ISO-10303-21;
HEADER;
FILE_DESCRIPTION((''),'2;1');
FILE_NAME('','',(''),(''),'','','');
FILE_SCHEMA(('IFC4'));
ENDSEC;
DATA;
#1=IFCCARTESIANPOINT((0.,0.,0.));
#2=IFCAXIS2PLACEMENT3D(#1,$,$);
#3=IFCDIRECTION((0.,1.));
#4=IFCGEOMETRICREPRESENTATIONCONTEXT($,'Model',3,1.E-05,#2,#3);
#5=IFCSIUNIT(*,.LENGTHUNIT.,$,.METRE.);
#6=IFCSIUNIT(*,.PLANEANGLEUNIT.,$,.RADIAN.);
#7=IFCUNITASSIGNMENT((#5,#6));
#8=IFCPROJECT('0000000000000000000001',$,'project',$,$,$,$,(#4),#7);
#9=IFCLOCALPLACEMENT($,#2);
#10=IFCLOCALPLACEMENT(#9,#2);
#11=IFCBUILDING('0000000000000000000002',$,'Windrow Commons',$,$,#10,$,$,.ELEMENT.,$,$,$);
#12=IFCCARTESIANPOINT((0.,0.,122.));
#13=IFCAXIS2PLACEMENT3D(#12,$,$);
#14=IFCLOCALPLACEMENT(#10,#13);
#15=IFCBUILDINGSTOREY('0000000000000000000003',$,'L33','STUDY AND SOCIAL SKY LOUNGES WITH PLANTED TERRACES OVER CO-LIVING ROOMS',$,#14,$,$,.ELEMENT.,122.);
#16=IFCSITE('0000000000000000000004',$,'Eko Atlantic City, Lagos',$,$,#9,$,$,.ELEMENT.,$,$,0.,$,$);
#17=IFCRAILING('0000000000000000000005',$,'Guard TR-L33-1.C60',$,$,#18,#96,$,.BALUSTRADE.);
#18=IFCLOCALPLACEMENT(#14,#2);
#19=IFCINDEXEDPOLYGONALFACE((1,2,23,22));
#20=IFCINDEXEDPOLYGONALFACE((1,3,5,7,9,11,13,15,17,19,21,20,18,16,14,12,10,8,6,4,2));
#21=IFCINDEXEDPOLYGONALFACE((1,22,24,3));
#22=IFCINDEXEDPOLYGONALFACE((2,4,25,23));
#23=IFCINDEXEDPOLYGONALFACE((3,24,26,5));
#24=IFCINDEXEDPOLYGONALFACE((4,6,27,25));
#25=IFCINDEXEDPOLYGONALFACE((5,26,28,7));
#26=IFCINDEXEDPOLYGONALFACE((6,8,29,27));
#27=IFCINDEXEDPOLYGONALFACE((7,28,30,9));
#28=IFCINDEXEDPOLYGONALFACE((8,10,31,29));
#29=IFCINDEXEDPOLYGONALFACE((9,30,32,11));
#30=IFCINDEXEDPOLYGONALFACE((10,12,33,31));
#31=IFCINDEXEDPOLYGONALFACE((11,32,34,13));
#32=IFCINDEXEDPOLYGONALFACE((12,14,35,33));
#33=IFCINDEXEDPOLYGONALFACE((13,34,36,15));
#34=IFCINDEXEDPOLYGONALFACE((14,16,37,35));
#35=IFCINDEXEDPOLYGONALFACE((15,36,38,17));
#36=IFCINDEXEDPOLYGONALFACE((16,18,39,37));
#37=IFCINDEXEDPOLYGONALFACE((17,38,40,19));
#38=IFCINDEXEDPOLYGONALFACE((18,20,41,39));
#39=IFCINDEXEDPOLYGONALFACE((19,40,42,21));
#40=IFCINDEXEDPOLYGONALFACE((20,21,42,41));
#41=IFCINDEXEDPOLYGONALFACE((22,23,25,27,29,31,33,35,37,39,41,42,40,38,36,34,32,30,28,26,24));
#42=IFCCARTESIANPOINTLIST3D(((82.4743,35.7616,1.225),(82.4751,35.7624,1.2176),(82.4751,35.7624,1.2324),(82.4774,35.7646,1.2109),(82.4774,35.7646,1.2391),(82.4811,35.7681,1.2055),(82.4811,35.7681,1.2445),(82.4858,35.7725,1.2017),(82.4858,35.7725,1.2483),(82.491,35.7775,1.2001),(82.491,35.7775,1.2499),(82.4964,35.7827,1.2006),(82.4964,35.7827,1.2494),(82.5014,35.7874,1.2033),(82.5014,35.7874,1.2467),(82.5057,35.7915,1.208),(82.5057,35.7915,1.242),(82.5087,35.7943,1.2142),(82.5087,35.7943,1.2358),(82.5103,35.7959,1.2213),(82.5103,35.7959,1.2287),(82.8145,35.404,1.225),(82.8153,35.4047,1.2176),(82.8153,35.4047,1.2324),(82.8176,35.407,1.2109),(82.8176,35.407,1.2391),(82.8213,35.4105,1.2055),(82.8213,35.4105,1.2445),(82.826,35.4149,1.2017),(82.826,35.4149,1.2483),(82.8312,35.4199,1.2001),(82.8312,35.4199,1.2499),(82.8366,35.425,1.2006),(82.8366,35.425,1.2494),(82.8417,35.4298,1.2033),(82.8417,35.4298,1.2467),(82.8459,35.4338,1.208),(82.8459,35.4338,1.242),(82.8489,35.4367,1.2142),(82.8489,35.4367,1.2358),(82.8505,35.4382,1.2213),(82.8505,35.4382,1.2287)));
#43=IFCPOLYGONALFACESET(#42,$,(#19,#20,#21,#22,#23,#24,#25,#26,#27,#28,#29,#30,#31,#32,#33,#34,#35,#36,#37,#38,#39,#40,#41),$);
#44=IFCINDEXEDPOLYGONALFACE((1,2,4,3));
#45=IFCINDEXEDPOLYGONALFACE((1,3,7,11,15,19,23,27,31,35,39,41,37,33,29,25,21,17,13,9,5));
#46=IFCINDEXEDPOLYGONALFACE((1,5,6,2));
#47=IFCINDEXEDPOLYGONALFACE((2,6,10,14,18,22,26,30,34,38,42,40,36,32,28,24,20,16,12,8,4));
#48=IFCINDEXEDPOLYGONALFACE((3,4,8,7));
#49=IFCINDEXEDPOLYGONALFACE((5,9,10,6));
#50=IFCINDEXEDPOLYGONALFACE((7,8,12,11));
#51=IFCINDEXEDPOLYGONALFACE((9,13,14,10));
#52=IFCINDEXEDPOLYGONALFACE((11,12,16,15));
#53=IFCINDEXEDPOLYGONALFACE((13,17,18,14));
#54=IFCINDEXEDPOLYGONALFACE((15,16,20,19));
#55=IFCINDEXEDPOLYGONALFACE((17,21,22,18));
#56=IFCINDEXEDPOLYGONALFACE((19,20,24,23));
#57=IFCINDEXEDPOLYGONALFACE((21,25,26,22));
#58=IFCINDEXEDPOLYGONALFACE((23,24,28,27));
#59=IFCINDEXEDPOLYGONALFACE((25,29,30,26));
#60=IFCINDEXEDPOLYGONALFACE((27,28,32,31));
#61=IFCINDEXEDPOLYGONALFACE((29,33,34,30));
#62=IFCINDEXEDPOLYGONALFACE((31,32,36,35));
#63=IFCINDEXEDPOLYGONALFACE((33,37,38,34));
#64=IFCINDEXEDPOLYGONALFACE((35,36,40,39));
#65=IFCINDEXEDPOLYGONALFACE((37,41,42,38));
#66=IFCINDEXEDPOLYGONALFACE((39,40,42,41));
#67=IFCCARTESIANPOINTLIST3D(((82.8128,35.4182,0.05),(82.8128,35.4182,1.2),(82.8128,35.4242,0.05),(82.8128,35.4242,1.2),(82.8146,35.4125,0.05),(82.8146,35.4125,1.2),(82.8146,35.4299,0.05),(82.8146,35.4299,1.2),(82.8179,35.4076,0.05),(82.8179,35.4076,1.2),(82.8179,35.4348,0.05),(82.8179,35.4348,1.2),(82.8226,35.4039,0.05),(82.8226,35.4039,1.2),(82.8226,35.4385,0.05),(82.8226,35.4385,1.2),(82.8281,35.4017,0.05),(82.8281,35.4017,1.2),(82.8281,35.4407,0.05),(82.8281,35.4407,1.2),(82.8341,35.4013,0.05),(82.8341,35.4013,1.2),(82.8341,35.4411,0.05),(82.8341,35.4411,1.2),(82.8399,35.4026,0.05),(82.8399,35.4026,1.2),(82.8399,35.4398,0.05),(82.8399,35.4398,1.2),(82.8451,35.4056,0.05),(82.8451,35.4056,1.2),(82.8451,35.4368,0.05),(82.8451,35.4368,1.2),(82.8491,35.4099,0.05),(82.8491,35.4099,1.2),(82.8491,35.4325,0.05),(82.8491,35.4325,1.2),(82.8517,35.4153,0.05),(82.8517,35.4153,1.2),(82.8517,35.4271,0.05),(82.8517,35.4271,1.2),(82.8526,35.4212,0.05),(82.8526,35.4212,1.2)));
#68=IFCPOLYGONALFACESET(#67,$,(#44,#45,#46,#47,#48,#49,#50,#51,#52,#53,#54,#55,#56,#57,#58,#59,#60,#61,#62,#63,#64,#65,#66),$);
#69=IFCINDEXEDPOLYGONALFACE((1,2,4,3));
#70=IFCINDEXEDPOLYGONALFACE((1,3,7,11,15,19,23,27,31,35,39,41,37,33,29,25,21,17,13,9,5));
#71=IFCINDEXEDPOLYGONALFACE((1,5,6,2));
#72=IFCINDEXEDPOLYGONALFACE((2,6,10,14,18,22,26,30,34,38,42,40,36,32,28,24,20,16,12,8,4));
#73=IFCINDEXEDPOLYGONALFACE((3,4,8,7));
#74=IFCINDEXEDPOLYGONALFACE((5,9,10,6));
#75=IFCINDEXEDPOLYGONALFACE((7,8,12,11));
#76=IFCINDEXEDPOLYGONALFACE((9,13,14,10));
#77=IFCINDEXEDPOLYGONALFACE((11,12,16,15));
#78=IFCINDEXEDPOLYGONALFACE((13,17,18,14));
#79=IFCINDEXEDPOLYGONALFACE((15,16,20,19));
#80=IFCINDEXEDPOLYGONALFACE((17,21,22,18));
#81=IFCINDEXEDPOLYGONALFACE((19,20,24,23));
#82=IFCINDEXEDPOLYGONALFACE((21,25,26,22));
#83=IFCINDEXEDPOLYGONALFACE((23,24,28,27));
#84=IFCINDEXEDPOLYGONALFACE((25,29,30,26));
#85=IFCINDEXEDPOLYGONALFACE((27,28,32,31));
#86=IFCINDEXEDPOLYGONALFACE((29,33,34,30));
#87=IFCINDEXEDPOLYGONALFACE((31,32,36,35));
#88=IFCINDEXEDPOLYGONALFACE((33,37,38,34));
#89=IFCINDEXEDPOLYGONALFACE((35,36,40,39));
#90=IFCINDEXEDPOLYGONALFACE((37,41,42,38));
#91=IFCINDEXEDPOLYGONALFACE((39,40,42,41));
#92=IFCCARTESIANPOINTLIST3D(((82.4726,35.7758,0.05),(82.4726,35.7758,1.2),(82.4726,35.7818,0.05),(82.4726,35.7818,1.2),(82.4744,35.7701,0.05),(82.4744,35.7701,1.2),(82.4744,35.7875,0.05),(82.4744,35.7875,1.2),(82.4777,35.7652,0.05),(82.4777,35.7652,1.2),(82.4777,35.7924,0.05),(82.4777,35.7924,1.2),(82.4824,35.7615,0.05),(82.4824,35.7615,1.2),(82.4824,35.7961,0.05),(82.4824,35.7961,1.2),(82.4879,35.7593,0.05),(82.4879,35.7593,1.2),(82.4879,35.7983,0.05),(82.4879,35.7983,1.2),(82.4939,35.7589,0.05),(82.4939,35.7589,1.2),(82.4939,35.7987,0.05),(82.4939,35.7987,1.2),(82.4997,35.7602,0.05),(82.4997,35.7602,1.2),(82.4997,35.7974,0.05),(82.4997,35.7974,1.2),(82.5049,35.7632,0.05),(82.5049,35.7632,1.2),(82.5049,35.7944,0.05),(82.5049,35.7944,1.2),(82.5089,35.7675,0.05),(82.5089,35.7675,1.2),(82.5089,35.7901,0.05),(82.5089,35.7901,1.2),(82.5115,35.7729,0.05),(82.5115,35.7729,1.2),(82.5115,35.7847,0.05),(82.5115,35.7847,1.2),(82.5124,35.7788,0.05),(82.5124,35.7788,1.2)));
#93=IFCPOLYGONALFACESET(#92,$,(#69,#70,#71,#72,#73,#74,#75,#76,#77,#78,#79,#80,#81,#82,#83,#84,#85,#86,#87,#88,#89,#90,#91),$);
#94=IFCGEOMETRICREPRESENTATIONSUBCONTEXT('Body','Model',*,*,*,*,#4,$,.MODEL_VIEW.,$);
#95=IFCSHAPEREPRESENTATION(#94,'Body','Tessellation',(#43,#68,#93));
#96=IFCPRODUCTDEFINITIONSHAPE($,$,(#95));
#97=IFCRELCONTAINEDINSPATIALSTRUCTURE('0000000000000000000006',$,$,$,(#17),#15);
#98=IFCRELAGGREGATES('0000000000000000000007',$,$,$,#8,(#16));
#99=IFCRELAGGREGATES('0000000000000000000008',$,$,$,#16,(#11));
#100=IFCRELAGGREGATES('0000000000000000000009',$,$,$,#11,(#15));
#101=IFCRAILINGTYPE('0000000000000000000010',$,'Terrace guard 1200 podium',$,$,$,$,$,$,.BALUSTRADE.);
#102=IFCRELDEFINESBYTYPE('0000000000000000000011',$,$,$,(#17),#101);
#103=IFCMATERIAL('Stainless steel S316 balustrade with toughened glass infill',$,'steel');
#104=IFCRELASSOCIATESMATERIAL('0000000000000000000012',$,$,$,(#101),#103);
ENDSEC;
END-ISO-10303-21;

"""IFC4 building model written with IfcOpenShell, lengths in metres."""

from ifc_helpers import new_model, si_unit, direction, frame, origin, origin_2d, place, context, subcontext, project, spatial, circle, extrude, material, type_object, element, save


model = new_model("IFC4")

# Units and contexts
model_context = context("Model", 3, precision=1e-05, world=origin(), true_north=direction((0.0, 1.0)))
body_context = subcontext(model_context, "Body", "Model", "MODEL_VIEW")
ifc_project = project(units=[si_unit("LENGTHUNIT", "METRE"), si_unit("PLANEANGLEUNIT", "RADIAN")], contexts=[model_context])

# Site, building, storey
site_placement = place(None, origin())
site = spatial("IfcSite", under=ifc_project, at=site_placement, Name="Eko Atlantic City, Lagos", CompositionType="ELEMENT", RefElevation=0.0)
building_placement = place(site_placement, origin())
building = spatial("IfcBuilding", under=site, at=building_placement, Name="Windrow Commons", CompositionType="ELEMENT")
storey_placement = place(building_placement, frame((0.0, 0.0, 122.0)))
storey = spatial("IfcBuildingStorey", under=building, at=storey_placement, Name="L33", Description="STUDY AND SOCIAL SKY LOUNGES WITH PLANTED TERRACES OVER CO-LIVING ROOMS", CompositionType="ELEMENT", Elevation=122.0)

# Railing
ifc_material_1 = material(Name="Stainless steel S316 balustrade with toughened glass infill", Category="steel")
railing_type = type_object("IfcRailingType", Name="Terrace guard 1200 podium", PredefinedType="BALUSTRADE", material=ifc_material_1)
railing_1_placement = place(storey_placement, frame((82.8326, 35.4212, 0.05)))
element("IfcRailing", 1, at=railing_1_placement, inside=storey, type_object=railing_type, Name="Guard TR-L33-1.C60", PredefinedType="BALUSTRADE", context=body_context, shape_type="SweptSolid", body=[
    extrude(circle(Radius=0.025, at=origin_2d()), frame((0.0, 0.0, 1.175), z_axis=(-0.68926, 0.724514, 0.0), x_axis=(-0.724514, -0.68926, 0.0)), (0.0, 0.0, 1.0), 0.4936),
    extrude(circle(Radius=0.02, at=origin_2d()), origin(), (0.0, 0.0, 1.0), 1.15),
    extrude(circle(Radius=0.02, at=origin_2d()), frame((-0.3402, 0.3576, 0.0)), (0.0, 0.0, 1.0), 1.15),
])

save(model, "model.ifc")
